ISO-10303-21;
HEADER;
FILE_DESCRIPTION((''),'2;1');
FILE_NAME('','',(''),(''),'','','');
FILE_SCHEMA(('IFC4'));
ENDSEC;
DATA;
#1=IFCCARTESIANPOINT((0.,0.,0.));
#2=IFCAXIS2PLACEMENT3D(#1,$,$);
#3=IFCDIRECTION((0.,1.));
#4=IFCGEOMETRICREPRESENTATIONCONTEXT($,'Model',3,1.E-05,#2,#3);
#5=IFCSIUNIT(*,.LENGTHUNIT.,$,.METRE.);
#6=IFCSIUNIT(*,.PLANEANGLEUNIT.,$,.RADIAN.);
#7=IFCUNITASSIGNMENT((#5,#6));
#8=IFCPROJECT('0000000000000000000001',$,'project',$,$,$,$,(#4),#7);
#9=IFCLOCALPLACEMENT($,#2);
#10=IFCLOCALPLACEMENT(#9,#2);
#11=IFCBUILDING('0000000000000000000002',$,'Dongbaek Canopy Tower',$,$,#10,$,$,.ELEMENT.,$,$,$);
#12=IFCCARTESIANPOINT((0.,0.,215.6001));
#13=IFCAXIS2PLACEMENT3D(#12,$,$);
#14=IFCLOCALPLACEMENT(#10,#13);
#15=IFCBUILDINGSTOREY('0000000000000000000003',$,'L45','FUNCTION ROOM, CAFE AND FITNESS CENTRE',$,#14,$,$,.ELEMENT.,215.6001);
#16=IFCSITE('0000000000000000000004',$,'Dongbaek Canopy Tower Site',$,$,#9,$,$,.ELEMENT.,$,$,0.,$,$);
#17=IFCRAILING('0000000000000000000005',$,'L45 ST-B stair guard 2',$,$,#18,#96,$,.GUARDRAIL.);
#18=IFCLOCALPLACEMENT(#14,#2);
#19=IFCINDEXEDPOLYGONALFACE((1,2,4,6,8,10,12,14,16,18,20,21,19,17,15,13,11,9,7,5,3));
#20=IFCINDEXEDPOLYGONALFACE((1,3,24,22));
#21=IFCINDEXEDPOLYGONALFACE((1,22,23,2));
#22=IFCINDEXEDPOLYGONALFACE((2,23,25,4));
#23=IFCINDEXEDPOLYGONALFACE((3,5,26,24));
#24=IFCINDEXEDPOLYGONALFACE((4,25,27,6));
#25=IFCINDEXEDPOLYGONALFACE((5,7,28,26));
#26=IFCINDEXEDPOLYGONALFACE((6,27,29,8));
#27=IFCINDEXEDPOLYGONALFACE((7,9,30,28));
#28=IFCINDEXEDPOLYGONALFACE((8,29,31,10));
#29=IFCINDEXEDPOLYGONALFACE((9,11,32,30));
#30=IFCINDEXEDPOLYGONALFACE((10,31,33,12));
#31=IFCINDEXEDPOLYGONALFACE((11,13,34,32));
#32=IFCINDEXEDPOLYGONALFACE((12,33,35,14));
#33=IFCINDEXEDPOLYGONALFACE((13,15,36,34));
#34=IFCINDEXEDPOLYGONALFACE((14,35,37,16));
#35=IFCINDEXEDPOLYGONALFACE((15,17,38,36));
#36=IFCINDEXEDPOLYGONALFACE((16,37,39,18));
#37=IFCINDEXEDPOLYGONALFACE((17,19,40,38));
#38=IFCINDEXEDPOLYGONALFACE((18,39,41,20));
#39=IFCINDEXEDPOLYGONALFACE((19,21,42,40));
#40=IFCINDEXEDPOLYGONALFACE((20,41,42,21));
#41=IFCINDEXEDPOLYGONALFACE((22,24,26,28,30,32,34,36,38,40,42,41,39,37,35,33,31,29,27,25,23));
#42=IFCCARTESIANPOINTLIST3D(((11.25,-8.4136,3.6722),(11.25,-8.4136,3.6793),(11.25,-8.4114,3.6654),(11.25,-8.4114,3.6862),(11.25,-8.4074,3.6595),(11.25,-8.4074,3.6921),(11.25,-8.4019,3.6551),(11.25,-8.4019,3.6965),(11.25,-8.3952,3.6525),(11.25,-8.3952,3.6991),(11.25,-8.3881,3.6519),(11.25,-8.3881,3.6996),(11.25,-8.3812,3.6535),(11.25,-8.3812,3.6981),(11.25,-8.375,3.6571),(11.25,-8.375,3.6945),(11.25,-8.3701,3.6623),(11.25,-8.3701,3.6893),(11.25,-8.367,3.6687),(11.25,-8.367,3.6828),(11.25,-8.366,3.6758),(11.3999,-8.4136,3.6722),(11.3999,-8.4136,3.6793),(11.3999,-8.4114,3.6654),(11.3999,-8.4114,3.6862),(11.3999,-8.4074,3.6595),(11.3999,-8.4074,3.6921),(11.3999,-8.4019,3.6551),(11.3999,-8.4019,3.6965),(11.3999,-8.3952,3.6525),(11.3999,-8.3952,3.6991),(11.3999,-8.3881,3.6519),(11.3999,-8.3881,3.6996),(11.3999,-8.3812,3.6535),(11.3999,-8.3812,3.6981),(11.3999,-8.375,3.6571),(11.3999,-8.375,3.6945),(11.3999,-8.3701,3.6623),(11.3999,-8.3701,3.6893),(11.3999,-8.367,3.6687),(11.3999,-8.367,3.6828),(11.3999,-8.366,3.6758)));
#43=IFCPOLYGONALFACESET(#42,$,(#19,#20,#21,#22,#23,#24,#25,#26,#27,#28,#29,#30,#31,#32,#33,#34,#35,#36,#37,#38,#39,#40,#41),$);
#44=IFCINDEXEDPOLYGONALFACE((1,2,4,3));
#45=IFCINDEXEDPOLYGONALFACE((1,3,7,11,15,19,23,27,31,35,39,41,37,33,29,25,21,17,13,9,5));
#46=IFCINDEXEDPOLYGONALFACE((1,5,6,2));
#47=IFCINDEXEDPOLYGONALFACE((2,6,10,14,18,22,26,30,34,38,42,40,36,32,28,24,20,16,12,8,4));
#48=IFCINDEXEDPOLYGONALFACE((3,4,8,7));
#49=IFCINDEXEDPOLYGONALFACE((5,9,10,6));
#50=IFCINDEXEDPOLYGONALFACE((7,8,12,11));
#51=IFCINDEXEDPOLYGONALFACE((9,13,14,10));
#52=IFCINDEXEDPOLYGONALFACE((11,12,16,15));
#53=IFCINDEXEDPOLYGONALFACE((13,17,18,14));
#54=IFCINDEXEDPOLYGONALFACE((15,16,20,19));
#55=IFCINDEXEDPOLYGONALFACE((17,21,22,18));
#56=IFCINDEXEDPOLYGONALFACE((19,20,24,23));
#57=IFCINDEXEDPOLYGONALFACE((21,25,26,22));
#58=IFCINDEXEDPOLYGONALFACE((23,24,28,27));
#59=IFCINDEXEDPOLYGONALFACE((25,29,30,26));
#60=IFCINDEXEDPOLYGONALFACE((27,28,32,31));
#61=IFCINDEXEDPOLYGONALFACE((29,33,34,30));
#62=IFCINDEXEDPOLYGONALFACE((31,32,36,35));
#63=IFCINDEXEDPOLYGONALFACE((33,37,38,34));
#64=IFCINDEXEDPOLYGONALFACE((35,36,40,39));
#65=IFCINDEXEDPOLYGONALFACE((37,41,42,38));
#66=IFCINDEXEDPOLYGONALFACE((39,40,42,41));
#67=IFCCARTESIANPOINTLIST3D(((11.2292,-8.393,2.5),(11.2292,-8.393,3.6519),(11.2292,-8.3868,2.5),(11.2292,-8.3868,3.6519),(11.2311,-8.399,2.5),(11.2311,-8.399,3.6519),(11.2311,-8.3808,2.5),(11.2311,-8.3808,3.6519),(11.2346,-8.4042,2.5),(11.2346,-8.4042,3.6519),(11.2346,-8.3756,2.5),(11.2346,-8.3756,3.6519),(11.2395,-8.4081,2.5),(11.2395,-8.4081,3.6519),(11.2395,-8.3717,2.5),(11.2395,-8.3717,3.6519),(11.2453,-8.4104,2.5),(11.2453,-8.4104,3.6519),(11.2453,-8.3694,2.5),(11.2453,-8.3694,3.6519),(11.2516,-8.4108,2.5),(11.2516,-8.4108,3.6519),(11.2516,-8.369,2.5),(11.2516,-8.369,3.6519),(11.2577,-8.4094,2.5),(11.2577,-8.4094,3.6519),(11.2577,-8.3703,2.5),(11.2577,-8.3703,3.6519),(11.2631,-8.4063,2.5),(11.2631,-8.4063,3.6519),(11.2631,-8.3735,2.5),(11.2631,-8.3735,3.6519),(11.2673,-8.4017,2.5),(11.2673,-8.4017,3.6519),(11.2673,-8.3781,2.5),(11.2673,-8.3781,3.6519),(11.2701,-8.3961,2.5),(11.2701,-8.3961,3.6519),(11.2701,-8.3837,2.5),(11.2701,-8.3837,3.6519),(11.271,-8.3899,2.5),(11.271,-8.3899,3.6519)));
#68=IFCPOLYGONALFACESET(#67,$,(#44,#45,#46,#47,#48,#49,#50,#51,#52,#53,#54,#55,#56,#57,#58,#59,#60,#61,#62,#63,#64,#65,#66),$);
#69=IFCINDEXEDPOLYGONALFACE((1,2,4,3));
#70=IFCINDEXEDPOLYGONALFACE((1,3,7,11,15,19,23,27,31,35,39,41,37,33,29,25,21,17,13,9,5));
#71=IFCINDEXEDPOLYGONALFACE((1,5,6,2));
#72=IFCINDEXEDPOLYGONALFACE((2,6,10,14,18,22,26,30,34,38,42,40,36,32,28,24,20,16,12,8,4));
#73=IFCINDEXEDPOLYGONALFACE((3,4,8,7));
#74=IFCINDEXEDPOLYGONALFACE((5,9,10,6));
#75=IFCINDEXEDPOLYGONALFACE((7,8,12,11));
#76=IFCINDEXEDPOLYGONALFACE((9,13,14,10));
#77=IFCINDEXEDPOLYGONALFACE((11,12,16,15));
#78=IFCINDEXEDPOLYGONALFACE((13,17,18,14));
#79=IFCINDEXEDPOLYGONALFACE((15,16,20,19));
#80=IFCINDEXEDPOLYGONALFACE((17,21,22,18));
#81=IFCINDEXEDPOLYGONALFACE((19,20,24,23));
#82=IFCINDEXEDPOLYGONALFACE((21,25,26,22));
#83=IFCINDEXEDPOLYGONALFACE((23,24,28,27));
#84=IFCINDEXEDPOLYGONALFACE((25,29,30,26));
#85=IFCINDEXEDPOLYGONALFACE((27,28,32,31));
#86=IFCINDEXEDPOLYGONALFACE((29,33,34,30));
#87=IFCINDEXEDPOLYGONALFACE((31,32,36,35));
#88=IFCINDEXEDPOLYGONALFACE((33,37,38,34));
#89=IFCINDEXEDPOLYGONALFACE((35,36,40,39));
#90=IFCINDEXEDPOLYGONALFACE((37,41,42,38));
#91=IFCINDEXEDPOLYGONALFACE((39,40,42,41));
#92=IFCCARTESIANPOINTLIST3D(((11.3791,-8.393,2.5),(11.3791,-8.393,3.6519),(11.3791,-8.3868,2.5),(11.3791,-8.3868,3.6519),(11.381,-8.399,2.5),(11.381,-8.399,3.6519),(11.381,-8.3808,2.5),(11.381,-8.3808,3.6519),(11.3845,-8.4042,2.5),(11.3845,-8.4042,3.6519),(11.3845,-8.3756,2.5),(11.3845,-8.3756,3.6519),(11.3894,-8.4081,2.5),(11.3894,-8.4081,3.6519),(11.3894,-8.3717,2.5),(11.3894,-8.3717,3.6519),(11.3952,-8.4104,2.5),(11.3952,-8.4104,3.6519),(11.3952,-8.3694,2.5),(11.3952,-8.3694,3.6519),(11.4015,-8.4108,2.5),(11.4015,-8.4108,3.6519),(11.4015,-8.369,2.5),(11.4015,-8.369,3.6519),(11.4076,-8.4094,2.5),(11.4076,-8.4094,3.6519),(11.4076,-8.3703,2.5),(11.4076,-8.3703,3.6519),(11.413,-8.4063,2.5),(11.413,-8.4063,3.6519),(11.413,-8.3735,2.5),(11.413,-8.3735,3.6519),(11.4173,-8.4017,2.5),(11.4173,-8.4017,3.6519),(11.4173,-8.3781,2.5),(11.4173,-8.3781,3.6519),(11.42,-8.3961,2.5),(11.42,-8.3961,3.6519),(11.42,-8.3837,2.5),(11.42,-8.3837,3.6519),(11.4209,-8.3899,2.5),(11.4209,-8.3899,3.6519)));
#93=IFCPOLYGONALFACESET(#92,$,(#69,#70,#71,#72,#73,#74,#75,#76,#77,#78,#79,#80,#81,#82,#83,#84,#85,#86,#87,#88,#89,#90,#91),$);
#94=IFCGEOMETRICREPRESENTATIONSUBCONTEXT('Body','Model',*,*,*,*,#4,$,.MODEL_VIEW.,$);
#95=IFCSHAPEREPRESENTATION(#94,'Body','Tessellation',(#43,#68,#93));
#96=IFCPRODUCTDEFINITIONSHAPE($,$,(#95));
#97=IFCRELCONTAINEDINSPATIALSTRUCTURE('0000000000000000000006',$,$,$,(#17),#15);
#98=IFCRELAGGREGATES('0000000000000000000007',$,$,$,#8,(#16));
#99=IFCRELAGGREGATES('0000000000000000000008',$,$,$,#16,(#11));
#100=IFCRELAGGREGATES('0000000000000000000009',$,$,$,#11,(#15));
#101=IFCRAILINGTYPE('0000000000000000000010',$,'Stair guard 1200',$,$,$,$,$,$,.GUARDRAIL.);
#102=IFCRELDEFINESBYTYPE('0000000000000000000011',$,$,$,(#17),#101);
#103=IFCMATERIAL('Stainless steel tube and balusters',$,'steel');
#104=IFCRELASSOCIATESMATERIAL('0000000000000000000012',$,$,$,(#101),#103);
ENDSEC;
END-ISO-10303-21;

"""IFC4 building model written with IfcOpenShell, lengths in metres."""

from ifc_helpers import new_model, si_unit, direction, frame, origin, origin_2d, place, context, subcontext, project, spatial, circle, extrude, material, type_object, element, save


model = new_model("IFC4")

# Units and contexts
model_context = context("Model", 3, precision=1e-05, world=origin(), true_north=direction((0.0, 1.0)))
body_context = subcontext(model_context, "Body", "Model", "MODEL_VIEW")
ifc_project = project(units=[si_unit("LENGTHUNIT", "METRE"), si_unit("PLANEANGLEUNIT", "RADIAN")], contexts=[model_context])

# Site, building, storey
site_placement = place(None, origin())
site = spatial("IfcSite", under=ifc_project, at=site_placement, Name="Dongbaek Canopy Tower Site", CompositionType="ELEMENT", RefElevation=0.0)
building_placement = place(site_placement, origin())
building = spatial("IfcBuilding", under=site, at=building_placement, Name="Dongbaek Canopy Tower", CompositionType="ELEMENT")
storey_placement = place(building_placement, frame((0.0, 0.0, 215.6001)))
storey = spatial("IfcBuildingStorey", under=building, at=storey_placement, Name="L45", Description="FUNCTION ROOM, CAFE AND FITNESS CENTRE", CompositionType="ELEMENT", Elevation=215.6001)

# Railing
ifc_material_1 = material(Name="Stainless steel tube and balusters", Category="steel")
railing_type_1 = type_object("IfcRailingType", Name="Stair guard 1200", PredefinedType="GUARDRAIL", material=ifc_material_1)
railing_1_placement = place(storey_placement, frame((11.25, -8.3899, 2.5)))
element("IfcRailing", 1, at=railing_1_placement, inside=storey, type_object=railing_type_1, Name="L45 ST-B stair guard 2", PredefinedType="GUARDRAIL", context=body_context, shape_type="SweptSolid", body=[
    extrude(circle(Radius=0.0239, at=origin_2d()), frame((0.0, 0.0, 1.1758), z_axis=(1.0, 0.0, 0.0), x_axis=(0.0, 1.0, 0.0)), (0.0, 0.0, 1.0), 0.1499),
    extrude(circle(Radius=0.021, at=origin_2d()), origin(), (0.0, 0.0, 1.0), 1.1519),
    extrude(circle(Radius=0.021, at=origin_2d()), frame((0.1499, 0.0, 0.0)), (0.0, 0.0, 1.0), 1.1519),
])

save(model, "model.ifc")
